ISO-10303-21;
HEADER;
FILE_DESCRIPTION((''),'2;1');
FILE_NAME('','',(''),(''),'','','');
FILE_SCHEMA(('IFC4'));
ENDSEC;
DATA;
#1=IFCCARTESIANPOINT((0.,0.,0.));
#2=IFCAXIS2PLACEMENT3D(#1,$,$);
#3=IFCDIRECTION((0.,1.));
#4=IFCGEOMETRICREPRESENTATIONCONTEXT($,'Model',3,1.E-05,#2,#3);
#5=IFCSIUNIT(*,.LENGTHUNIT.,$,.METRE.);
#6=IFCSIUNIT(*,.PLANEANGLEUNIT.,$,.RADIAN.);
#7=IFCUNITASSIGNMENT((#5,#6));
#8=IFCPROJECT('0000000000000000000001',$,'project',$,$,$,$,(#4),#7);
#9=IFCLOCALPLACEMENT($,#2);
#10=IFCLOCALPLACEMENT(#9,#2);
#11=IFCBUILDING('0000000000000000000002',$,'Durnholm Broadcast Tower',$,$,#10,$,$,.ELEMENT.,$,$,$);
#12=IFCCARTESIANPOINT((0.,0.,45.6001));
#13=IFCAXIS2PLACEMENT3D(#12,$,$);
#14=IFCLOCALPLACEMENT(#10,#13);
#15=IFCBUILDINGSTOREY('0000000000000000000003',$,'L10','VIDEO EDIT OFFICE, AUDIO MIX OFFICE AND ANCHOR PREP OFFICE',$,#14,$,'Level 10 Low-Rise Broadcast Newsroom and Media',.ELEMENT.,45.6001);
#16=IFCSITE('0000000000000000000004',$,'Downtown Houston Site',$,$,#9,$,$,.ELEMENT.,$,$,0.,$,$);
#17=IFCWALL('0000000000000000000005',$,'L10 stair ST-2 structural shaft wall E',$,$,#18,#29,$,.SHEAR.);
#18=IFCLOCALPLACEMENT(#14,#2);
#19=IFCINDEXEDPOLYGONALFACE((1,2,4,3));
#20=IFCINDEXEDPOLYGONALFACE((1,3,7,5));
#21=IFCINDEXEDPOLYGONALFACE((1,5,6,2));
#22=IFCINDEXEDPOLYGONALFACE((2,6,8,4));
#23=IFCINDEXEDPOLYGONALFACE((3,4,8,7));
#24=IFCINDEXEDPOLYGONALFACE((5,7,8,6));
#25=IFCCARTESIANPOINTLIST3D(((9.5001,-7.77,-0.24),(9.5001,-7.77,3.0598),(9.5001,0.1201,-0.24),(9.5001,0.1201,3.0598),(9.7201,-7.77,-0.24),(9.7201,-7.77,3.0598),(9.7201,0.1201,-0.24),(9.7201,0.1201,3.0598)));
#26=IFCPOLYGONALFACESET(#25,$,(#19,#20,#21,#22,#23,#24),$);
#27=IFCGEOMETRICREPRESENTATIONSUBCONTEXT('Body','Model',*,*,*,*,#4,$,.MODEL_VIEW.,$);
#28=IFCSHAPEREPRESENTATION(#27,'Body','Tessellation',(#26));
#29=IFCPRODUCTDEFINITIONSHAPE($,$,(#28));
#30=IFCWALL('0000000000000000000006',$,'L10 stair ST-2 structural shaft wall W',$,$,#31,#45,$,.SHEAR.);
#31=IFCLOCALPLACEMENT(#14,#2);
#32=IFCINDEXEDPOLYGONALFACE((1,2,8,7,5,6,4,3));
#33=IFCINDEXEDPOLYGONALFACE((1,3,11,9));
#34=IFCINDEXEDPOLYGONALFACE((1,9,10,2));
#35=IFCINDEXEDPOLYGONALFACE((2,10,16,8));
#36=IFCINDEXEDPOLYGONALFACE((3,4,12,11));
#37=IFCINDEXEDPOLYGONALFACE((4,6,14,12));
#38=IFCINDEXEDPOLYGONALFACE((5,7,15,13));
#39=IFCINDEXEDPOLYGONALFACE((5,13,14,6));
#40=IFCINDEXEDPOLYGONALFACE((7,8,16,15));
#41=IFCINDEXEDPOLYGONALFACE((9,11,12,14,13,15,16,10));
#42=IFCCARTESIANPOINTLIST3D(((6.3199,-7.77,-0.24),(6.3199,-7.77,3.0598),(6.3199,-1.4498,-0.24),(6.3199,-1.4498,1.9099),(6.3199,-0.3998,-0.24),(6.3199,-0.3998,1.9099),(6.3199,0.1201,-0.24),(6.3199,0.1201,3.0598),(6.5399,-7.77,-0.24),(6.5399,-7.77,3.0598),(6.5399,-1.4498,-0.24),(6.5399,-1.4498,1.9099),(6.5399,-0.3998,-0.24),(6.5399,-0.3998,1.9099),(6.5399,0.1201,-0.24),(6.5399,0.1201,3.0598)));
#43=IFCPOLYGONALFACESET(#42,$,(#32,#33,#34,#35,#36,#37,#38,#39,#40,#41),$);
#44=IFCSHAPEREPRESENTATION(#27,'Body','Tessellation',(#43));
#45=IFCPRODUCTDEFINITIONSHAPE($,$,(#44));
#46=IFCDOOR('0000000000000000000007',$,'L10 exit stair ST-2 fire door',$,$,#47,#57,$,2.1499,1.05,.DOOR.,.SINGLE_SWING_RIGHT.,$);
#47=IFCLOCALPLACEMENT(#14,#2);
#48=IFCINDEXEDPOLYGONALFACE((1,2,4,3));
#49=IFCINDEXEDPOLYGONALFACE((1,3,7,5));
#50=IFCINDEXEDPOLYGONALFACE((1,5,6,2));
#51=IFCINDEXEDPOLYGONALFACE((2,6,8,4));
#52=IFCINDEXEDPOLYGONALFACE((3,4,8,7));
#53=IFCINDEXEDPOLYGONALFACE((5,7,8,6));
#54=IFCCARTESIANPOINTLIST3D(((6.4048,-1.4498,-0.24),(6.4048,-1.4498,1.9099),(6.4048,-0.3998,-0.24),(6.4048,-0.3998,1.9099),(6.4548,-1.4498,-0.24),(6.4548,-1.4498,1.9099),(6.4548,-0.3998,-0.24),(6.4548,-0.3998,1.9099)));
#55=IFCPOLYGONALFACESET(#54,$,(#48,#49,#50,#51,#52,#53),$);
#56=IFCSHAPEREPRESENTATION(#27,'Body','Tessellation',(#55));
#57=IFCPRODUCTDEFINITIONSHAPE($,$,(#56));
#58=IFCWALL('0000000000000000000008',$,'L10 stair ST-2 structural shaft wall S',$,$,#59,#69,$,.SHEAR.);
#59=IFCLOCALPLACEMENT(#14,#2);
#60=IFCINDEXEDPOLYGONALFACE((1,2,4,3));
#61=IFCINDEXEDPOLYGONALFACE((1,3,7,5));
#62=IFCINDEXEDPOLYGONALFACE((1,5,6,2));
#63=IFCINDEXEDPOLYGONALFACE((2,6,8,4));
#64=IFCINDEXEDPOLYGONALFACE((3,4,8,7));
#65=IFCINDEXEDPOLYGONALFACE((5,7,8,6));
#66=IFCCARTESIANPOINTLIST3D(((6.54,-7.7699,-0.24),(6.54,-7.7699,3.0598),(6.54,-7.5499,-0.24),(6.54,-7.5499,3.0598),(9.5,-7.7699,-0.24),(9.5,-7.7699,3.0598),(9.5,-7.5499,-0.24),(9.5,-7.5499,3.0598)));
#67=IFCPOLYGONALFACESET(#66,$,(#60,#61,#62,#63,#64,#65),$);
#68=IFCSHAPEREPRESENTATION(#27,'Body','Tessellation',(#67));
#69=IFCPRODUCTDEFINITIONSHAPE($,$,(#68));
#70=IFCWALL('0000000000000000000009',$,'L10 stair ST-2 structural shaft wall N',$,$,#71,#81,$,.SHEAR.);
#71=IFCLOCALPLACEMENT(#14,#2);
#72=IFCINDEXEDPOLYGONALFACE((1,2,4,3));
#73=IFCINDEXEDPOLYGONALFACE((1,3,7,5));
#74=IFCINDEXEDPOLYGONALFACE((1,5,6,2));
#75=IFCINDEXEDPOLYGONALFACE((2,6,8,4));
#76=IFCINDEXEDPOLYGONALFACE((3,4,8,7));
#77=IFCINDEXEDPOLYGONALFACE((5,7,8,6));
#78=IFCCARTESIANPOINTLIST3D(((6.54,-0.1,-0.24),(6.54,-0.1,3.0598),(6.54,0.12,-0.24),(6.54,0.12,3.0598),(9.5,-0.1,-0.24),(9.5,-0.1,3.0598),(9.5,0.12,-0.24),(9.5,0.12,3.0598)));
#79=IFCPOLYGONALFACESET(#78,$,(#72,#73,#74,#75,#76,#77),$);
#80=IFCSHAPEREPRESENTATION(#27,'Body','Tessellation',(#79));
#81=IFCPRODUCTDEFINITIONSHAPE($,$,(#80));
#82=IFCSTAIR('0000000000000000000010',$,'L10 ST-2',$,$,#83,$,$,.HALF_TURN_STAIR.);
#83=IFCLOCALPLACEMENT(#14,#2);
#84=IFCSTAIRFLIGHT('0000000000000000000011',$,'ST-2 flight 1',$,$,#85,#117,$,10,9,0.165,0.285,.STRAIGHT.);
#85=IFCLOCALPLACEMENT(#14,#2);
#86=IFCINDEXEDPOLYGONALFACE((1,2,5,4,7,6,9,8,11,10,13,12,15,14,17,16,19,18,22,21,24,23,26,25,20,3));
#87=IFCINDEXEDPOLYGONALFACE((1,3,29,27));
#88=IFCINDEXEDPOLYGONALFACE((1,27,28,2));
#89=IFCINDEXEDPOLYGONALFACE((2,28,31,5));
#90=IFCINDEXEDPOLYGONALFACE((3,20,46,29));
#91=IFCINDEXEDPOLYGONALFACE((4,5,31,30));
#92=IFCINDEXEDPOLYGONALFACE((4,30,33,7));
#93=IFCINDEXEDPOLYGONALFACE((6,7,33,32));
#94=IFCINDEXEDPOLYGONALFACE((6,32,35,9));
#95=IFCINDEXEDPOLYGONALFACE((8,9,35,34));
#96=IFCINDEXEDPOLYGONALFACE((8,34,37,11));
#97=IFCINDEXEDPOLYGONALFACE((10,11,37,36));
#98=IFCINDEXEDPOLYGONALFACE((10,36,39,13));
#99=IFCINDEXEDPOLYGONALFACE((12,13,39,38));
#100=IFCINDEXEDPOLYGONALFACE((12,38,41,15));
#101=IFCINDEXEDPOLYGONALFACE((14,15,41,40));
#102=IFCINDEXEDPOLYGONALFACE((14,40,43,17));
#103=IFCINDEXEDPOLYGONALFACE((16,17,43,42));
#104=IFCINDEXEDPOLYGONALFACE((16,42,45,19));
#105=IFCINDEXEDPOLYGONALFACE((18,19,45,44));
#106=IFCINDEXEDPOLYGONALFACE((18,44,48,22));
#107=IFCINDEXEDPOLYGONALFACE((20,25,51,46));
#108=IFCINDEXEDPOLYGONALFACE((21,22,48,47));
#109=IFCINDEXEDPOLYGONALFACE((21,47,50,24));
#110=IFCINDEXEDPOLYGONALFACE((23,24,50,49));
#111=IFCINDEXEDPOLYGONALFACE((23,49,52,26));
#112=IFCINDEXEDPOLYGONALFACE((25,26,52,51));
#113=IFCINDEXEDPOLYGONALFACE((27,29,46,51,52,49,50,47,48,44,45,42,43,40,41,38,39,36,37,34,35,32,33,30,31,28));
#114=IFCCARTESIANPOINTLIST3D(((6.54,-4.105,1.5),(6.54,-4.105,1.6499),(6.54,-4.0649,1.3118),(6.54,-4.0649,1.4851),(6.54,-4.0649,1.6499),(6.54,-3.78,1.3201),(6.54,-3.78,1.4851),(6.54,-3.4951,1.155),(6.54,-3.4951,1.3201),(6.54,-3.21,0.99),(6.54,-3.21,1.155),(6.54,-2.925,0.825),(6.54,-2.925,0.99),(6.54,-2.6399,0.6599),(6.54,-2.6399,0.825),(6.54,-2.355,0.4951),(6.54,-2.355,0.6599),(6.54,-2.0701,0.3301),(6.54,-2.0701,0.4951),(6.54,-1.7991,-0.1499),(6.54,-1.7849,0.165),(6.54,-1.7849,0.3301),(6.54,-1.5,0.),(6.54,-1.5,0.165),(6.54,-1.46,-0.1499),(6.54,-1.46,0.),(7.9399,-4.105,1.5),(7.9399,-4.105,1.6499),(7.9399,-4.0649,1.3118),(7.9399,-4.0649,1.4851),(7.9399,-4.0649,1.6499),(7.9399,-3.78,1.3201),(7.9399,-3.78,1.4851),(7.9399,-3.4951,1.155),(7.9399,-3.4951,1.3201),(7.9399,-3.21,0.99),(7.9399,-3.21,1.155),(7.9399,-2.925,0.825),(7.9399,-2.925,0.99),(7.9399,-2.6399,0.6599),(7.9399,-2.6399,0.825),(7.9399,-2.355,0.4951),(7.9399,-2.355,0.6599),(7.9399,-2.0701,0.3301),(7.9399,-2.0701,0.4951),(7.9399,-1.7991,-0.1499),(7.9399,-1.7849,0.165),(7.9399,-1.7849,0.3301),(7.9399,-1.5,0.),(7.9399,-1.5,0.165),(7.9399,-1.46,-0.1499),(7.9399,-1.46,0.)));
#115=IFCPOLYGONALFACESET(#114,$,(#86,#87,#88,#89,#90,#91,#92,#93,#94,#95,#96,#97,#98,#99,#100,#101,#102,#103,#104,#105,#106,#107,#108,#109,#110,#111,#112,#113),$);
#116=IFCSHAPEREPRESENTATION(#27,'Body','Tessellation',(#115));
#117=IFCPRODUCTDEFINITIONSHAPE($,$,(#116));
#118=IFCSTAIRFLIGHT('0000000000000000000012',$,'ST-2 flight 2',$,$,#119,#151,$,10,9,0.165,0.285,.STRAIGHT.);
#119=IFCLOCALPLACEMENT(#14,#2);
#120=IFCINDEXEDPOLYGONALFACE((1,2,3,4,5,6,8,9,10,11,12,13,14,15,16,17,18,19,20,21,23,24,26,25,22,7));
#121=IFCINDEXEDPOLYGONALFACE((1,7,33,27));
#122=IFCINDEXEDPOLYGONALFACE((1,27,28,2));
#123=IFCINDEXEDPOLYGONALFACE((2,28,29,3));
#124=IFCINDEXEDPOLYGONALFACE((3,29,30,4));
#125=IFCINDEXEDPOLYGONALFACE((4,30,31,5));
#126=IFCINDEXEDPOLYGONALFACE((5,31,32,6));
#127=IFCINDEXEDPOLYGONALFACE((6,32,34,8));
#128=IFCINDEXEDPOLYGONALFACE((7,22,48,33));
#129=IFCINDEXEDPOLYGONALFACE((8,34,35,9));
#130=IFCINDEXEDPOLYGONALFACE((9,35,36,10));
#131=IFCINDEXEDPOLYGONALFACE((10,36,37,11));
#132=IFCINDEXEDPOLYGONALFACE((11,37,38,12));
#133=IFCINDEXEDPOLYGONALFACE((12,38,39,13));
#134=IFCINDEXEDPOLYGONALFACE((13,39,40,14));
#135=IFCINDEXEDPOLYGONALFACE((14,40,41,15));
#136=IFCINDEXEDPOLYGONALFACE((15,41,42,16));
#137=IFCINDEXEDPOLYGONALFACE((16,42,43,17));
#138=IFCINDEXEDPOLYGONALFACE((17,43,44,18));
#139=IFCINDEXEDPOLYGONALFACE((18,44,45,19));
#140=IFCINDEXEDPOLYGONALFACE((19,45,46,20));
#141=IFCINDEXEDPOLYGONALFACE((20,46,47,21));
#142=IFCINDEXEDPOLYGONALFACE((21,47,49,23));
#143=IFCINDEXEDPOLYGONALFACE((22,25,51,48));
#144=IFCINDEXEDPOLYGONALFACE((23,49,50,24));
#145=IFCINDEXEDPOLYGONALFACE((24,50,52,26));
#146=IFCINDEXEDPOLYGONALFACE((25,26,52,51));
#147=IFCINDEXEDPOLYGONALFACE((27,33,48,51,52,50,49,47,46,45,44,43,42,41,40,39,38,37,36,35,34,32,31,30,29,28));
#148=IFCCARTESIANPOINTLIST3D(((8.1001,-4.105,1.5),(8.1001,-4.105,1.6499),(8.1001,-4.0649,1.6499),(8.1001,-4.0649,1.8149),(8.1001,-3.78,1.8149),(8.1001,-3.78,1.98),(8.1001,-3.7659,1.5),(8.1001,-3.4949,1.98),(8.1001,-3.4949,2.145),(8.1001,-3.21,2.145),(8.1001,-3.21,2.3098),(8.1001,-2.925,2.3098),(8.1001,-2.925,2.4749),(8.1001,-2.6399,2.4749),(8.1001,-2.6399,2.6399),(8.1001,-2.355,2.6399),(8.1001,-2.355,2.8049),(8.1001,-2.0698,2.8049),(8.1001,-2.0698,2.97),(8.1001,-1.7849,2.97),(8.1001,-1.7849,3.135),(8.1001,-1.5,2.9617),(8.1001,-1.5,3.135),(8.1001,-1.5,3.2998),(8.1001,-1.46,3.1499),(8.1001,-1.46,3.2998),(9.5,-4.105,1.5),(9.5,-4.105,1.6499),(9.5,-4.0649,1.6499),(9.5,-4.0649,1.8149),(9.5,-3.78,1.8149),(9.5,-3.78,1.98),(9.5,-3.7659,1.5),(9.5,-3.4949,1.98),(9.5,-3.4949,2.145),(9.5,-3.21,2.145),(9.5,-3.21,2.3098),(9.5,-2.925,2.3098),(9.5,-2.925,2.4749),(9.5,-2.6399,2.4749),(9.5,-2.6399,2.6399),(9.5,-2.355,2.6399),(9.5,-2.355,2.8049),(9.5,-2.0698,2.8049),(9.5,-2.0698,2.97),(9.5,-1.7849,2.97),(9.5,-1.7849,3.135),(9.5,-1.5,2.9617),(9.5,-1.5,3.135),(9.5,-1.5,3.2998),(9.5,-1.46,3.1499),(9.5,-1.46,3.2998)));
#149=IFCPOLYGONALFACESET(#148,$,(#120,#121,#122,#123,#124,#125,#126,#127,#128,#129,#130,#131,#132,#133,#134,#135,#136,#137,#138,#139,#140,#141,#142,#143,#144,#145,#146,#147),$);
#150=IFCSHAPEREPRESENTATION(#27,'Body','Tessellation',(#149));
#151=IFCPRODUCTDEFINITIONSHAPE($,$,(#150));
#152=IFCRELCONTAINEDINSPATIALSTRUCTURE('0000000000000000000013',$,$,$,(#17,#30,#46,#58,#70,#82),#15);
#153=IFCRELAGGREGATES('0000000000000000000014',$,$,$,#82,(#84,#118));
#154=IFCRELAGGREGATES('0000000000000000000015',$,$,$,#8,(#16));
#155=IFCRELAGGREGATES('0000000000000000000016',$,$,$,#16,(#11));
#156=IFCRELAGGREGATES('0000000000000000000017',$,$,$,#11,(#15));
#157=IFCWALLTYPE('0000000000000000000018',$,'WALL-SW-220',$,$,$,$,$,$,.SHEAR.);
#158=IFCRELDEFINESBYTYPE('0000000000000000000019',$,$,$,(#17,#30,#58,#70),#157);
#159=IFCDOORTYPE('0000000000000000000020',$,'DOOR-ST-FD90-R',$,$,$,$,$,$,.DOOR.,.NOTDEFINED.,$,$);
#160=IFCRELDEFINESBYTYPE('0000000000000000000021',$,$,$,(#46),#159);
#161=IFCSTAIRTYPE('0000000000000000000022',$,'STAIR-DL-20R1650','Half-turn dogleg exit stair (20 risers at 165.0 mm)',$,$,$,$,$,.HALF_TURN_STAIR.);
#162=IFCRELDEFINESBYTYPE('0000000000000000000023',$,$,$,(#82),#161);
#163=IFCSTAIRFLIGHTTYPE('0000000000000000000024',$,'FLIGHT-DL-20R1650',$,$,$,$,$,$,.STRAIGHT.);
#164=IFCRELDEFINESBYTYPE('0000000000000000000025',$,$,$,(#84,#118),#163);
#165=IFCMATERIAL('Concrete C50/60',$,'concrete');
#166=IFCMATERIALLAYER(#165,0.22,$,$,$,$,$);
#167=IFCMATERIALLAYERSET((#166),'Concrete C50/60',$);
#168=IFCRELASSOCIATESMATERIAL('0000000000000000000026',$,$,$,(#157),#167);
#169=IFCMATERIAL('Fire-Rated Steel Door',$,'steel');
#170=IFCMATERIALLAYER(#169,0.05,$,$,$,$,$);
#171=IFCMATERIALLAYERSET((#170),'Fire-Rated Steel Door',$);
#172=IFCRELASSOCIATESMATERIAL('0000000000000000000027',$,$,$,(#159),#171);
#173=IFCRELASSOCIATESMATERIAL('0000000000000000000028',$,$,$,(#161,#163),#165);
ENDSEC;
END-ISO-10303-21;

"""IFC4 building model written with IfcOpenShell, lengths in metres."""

from ifc_helpers import new_model, si_unit, direction, frame, frame_2d, origin, place, context, subcontext, project, spatial, polyline, rectangle, outline, extrude, source, transform, mapped, material, layer, layer_set, type_object, type_shapes, element, fill, aggregate, save


model = new_model("IFC4")

# Units and contexts
model_context = context("Model", 3, precision=1e-05, world=origin(), true_north=direction((0.0, 1.0)))
body_context = subcontext(model_context, "Body", "Model", "MODEL_VIEW")
ifc_project = project(units=[si_unit("LENGTHUNIT", "METRE"), si_unit("PLANEANGLEUNIT", "RADIAN")], contexts=[model_context])

# Site, building, storey
site_placement = place(None, origin())
site = spatial("IfcSite", under=ifc_project, at=site_placement, Name="Downtown Houston Site", CompositionType="ELEMENT", RefElevation=0.0)
building_placement = place(site_placement, origin())
building = spatial("IfcBuilding", under=site, at=building_placement, Name="Durnholm Broadcast Tower", CompositionType="ELEMENT")
storey_placement = place(building_placement, frame((0.0, 0.0, 45.6001)))
storey = spatial("IfcBuildingStorey", under=building, at=storey_placement, Name="L10", Description="VIDEO EDIT OFFICE, AUDIO MIX OFFICE AND ANCHOR PREP OFFICE", LongName="Level 10 Low-Rise Broadcast Newsroom and Media", CompositionType="ELEMENT", Elevation=45.6001)

# Wall
ifc_material_1 = material(Name="Concrete C50/60", Category="concrete")
ifc_layer_1 = layer(ifc_material_1, 0.22)
ifc_layer_set_1 = layer_set([ifc_layer_1], Name="Concrete C50/60")
wall_type_1 = type_object("IfcWallType", Name="WALL-SW-220", PredefinedType="SHEAR", material=ifc_layer_set_1)
wall_1_placement = place(storey_placement, frame((9.6101, -7.77, -0.24), z_axis=(0.0, 0.0, 1.0), x_axis=(0.0, 1.0, 0.0)))
element("IfcWall", 1, at=wall_1_placement, inside=storey, type_object=wall_type_1, Name="L10 stair ST-2 structural shaft wall E", PredefinedType="SHEAR", context=body_context, shape_type="SweptSolid", body=[
    extrude(rectangle(XDim=7.8901, YDim=0.22, at=frame_2d((3.9451, 0.0))), origin(), (0.0, 0.0, 1.0), 3.2998),
])

# Wall, opening, door
wall_2_placement = place(storey_placement, frame((6.4299, 0.1201, -0.24), z_axis=(0.0, 0.0, 1.0), x_axis=(0.0, -1.0, 0.0)))
wall_2 = element("IfcWall", 2, at=wall_2_placement, inside=storey, type_object=wall_type_1, Name="L10 stair ST-2 structural shaft wall W", PredefinedType="SHEAR", context=body_context, shape_type="SweptSolid", body=[
    extrude(rectangle(XDim=7.8901, YDim=0.22, at=frame_2d((3.9451, 0.0))), origin(), (0.0, 0.0, 1.0), 3.2998),
])
opening_1_placement = place(wall_2_placement, frame((0.52, 0.0, 0.0)))
opening_1 = element("IfcOpeningElement", 3, at=opening_1_placement, cuts=wall_2, PredefinedType="OPENING", context=body_context, shape_type="SweptSolid", body=[
    extrude(rectangle(XDim=1.05, YDim=2.1499, at=frame_2d((0.5249, 1.075))), frame((0.0, 0.1201, 0.0), z_axis=(0.0, -1.0, 0.0), x_axis=(1.0, 0.0, 0.0)), (0.0, 0.0, 1.0), 0.24),
])
ifc_material_2 = material(Name="Fire-Rated Steel Door", Category="steel")
ifc_layer_2 = layer(ifc_material_2, 0.05)
ifc_layer_set_2 = layer_set([ifc_layer_2], Name="Fire-Rated Steel Door")
door_type_1 = type_object("IfcDoorType", Name="DOOR-ST-FD90-R", OperationType="NOTDEFINED", PredefinedType="DOOR", material=ifc_layer_set_2)
shared_shape_1 = source(origin(), body_context, "Body", "SweptSolid", [
    extrude(rectangle(XDim=1.05, YDim=2.1499, at=frame_2d((0.5249, 1.075))), frame((0.0, 0.0249, 0.0), z_axis=(0.0, -1.0, 0.0), x_axis=(1.0, 0.0, 0.0)), (0.0, 0.0, 1.0), 0.05),
])
type_shapes(door_type_1, [shared_shape_1])
door_1_placement = place(opening_1_placement, origin())
door_1 = element("IfcDoor", 4, at=door_1_placement, inside=storey, type_object=door_type_1, Name="L10 exit stair ST-2 fire door", OperationType="SINGLE_SWING_RIGHT", OverallHeight=2.1499, OverallWidth=1.05, PredefinedType="DOOR", context=body_context, shape_type="MappedRepresentation", body=[
    mapped(shared_shape_1, transform((0.0, 0.0, 0.0), x_axis=(1.0, 0.0, 0.0), y_axis=(0.0, 1.0, 0.0), z_axis=(0.0, 0.0, 1.0), scale=1.0)),
])
fill(opening_1, door_1)

# Walls
for number, where, z_axis, x_axis, name in (
    (5, (6.54, -7.6599, -0.24), (0.0, 0.0, 1.0), (1.0, 0.0, 0.0), "L10 stair ST-2 structural shaft wall S"),
    (6, (9.5, 0.01, -0.24), (0.0, 0.0, 1.0), (-1.0, 0.0, 0.0), "L10 stair ST-2 structural shaft wall N"),
):
    element("IfcWall", number, at=place(storey_placement, frame(where, z_axis=z_axis, x_axis=x_axis)), inside=storey, type_object=wall_type_1, Name=name, PredefinedType="SHEAR", context=body_context, shape_type="SweptSolid", body=[
        extrude(rectangle(XDim=2.96, YDim=0.22, at=frame_2d((1.48, 0.0))), origin(), (0.0, 0.0, 1.0), 3.2998),
    ])

# Stair, stair flights
stair_type = type_object("IfcStairType", Name="STAIR-DL-20R1650", Description="Half-turn dogleg exit stair (20 risers at 165.0 mm)", PredefinedType="HALF_TURN_STAIR", material=ifc_material_1)
stair_placement = place(storey_placement, origin())
stair = element("IfcStair", 7, at=stair_placement, inside=storey, type_object=stair_type, Name="L10 ST-2", PredefinedType="HALF_TURN_STAIR")
stair_flight_type = type_object("IfcStairFlightType", Name="FLIGHT-DL-20R1650", PredefinedType="STRAIGHT", material=ifc_material_1)
stair_flight_1_placement = place(storey_placement, frame((7.24, -1.5, 0.0), z_axis=(0.0, 0.0, 1.0), x_axis=(0.0, -1.0, 0.0)))
stair_flight_1 = element("IfcStairFlight", 8, at=stair_flight_1_placement, type_object=stair_flight_type, Name="ST-2 flight 1", NumberOfRisers=10, NumberOfTreads=9, PredefinedType="STRAIGHT", RiserHeight=0.165, TreadLength=0.285, context=body_context, shape_type="SweptSolid", body=[
    extrude(outline(polyline([(-0.04, -0.1499), (-0.04, 0.0), (0.0, 0.0), (0.0, 0.165), (0.2849, 0.165), (0.2849, 0.3301), (0.5701, 0.3301), (0.5701, 0.4951), (0.855, 0.4951), (0.855, 0.6599), (1.1399, 0.6599), (1.1399, 0.825), (1.425, 0.825), (1.425, 0.99), (1.71, 0.99), (1.71, 1.155), (1.9951, 1.155), (1.9951, 1.3201), (2.28, 1.3201), (2.28, 1.4851), (2.5649, 1.4851), (2.5649, 1.6499), (2.605, 1.6499), (2.605, 1.5), (2.5649, 1.3118), (0.2991, -0.1499), (-0.04, -0.1499)])), frame((0.0, 0.7, 0.0), z_axis=(0.0, -1.0, 0.0), x_axis=(1.0, 0.0, 0.0)), (0.0, 0.0, 1.0), 1.3999),
])
stair_flight_2_placement = place(storey_placement, frame((8.8, -4.0649, 1.6499), z_axis=(0.0, 0.0, 1.0), x_axis=(0.0, 1.0, 0.0)))
stair_flight_2 = element("IfcStairFlight", 9, at=stair_flight_2_placement, type_object=stair_flight_type, Name="ST-2 flight 2", NumberOfRisers=10, NumberOfTreads=9, PredefinedType="STRAIGHT", RiserHeight=0.165, TreadLength=0.285, context=body_context, shape_type="SweptSolid", body=[
    extrude(outline(polyline([(-0.04, -0.1499), (-0.04, 0.0), (0.0, 0.0), (0.0, 0.165), (0.2849, 0.165), (0.2849, 0.3301), (0.5701, 0.3301), (0.5701, 0.4951), (0.855, 0.4951), (0.855, 0.6599), (1.1399, 0.6599), (1.1399, 0.825), (1.425, 0.825), (1.425, 0.99), (1.71, 0.99), (1.71, 1.155), (1.9951, 1.155), (1.9951, 1.3201), (2.28, 1.3201), (2.28, 1.4851), (2.5649, 1.4851), (2.5649, 1.6499), (2.605, 1.6499), (2.605, 1.5), (2.5649, 1.3118), (0.2991, -0.1499), (-0.04, -0.1499)])), frame((0.0, 0.7, 0.0), z_axis=(0.0, -1.0, 0.0), x_axis=(1.0, 0.0, 0.0)), (0.0, 0.0, 1.0), 1.3999),
])
aggregate(stair, [stair_flight_1, stair_flight_2])

save(model, "model.ifc")
